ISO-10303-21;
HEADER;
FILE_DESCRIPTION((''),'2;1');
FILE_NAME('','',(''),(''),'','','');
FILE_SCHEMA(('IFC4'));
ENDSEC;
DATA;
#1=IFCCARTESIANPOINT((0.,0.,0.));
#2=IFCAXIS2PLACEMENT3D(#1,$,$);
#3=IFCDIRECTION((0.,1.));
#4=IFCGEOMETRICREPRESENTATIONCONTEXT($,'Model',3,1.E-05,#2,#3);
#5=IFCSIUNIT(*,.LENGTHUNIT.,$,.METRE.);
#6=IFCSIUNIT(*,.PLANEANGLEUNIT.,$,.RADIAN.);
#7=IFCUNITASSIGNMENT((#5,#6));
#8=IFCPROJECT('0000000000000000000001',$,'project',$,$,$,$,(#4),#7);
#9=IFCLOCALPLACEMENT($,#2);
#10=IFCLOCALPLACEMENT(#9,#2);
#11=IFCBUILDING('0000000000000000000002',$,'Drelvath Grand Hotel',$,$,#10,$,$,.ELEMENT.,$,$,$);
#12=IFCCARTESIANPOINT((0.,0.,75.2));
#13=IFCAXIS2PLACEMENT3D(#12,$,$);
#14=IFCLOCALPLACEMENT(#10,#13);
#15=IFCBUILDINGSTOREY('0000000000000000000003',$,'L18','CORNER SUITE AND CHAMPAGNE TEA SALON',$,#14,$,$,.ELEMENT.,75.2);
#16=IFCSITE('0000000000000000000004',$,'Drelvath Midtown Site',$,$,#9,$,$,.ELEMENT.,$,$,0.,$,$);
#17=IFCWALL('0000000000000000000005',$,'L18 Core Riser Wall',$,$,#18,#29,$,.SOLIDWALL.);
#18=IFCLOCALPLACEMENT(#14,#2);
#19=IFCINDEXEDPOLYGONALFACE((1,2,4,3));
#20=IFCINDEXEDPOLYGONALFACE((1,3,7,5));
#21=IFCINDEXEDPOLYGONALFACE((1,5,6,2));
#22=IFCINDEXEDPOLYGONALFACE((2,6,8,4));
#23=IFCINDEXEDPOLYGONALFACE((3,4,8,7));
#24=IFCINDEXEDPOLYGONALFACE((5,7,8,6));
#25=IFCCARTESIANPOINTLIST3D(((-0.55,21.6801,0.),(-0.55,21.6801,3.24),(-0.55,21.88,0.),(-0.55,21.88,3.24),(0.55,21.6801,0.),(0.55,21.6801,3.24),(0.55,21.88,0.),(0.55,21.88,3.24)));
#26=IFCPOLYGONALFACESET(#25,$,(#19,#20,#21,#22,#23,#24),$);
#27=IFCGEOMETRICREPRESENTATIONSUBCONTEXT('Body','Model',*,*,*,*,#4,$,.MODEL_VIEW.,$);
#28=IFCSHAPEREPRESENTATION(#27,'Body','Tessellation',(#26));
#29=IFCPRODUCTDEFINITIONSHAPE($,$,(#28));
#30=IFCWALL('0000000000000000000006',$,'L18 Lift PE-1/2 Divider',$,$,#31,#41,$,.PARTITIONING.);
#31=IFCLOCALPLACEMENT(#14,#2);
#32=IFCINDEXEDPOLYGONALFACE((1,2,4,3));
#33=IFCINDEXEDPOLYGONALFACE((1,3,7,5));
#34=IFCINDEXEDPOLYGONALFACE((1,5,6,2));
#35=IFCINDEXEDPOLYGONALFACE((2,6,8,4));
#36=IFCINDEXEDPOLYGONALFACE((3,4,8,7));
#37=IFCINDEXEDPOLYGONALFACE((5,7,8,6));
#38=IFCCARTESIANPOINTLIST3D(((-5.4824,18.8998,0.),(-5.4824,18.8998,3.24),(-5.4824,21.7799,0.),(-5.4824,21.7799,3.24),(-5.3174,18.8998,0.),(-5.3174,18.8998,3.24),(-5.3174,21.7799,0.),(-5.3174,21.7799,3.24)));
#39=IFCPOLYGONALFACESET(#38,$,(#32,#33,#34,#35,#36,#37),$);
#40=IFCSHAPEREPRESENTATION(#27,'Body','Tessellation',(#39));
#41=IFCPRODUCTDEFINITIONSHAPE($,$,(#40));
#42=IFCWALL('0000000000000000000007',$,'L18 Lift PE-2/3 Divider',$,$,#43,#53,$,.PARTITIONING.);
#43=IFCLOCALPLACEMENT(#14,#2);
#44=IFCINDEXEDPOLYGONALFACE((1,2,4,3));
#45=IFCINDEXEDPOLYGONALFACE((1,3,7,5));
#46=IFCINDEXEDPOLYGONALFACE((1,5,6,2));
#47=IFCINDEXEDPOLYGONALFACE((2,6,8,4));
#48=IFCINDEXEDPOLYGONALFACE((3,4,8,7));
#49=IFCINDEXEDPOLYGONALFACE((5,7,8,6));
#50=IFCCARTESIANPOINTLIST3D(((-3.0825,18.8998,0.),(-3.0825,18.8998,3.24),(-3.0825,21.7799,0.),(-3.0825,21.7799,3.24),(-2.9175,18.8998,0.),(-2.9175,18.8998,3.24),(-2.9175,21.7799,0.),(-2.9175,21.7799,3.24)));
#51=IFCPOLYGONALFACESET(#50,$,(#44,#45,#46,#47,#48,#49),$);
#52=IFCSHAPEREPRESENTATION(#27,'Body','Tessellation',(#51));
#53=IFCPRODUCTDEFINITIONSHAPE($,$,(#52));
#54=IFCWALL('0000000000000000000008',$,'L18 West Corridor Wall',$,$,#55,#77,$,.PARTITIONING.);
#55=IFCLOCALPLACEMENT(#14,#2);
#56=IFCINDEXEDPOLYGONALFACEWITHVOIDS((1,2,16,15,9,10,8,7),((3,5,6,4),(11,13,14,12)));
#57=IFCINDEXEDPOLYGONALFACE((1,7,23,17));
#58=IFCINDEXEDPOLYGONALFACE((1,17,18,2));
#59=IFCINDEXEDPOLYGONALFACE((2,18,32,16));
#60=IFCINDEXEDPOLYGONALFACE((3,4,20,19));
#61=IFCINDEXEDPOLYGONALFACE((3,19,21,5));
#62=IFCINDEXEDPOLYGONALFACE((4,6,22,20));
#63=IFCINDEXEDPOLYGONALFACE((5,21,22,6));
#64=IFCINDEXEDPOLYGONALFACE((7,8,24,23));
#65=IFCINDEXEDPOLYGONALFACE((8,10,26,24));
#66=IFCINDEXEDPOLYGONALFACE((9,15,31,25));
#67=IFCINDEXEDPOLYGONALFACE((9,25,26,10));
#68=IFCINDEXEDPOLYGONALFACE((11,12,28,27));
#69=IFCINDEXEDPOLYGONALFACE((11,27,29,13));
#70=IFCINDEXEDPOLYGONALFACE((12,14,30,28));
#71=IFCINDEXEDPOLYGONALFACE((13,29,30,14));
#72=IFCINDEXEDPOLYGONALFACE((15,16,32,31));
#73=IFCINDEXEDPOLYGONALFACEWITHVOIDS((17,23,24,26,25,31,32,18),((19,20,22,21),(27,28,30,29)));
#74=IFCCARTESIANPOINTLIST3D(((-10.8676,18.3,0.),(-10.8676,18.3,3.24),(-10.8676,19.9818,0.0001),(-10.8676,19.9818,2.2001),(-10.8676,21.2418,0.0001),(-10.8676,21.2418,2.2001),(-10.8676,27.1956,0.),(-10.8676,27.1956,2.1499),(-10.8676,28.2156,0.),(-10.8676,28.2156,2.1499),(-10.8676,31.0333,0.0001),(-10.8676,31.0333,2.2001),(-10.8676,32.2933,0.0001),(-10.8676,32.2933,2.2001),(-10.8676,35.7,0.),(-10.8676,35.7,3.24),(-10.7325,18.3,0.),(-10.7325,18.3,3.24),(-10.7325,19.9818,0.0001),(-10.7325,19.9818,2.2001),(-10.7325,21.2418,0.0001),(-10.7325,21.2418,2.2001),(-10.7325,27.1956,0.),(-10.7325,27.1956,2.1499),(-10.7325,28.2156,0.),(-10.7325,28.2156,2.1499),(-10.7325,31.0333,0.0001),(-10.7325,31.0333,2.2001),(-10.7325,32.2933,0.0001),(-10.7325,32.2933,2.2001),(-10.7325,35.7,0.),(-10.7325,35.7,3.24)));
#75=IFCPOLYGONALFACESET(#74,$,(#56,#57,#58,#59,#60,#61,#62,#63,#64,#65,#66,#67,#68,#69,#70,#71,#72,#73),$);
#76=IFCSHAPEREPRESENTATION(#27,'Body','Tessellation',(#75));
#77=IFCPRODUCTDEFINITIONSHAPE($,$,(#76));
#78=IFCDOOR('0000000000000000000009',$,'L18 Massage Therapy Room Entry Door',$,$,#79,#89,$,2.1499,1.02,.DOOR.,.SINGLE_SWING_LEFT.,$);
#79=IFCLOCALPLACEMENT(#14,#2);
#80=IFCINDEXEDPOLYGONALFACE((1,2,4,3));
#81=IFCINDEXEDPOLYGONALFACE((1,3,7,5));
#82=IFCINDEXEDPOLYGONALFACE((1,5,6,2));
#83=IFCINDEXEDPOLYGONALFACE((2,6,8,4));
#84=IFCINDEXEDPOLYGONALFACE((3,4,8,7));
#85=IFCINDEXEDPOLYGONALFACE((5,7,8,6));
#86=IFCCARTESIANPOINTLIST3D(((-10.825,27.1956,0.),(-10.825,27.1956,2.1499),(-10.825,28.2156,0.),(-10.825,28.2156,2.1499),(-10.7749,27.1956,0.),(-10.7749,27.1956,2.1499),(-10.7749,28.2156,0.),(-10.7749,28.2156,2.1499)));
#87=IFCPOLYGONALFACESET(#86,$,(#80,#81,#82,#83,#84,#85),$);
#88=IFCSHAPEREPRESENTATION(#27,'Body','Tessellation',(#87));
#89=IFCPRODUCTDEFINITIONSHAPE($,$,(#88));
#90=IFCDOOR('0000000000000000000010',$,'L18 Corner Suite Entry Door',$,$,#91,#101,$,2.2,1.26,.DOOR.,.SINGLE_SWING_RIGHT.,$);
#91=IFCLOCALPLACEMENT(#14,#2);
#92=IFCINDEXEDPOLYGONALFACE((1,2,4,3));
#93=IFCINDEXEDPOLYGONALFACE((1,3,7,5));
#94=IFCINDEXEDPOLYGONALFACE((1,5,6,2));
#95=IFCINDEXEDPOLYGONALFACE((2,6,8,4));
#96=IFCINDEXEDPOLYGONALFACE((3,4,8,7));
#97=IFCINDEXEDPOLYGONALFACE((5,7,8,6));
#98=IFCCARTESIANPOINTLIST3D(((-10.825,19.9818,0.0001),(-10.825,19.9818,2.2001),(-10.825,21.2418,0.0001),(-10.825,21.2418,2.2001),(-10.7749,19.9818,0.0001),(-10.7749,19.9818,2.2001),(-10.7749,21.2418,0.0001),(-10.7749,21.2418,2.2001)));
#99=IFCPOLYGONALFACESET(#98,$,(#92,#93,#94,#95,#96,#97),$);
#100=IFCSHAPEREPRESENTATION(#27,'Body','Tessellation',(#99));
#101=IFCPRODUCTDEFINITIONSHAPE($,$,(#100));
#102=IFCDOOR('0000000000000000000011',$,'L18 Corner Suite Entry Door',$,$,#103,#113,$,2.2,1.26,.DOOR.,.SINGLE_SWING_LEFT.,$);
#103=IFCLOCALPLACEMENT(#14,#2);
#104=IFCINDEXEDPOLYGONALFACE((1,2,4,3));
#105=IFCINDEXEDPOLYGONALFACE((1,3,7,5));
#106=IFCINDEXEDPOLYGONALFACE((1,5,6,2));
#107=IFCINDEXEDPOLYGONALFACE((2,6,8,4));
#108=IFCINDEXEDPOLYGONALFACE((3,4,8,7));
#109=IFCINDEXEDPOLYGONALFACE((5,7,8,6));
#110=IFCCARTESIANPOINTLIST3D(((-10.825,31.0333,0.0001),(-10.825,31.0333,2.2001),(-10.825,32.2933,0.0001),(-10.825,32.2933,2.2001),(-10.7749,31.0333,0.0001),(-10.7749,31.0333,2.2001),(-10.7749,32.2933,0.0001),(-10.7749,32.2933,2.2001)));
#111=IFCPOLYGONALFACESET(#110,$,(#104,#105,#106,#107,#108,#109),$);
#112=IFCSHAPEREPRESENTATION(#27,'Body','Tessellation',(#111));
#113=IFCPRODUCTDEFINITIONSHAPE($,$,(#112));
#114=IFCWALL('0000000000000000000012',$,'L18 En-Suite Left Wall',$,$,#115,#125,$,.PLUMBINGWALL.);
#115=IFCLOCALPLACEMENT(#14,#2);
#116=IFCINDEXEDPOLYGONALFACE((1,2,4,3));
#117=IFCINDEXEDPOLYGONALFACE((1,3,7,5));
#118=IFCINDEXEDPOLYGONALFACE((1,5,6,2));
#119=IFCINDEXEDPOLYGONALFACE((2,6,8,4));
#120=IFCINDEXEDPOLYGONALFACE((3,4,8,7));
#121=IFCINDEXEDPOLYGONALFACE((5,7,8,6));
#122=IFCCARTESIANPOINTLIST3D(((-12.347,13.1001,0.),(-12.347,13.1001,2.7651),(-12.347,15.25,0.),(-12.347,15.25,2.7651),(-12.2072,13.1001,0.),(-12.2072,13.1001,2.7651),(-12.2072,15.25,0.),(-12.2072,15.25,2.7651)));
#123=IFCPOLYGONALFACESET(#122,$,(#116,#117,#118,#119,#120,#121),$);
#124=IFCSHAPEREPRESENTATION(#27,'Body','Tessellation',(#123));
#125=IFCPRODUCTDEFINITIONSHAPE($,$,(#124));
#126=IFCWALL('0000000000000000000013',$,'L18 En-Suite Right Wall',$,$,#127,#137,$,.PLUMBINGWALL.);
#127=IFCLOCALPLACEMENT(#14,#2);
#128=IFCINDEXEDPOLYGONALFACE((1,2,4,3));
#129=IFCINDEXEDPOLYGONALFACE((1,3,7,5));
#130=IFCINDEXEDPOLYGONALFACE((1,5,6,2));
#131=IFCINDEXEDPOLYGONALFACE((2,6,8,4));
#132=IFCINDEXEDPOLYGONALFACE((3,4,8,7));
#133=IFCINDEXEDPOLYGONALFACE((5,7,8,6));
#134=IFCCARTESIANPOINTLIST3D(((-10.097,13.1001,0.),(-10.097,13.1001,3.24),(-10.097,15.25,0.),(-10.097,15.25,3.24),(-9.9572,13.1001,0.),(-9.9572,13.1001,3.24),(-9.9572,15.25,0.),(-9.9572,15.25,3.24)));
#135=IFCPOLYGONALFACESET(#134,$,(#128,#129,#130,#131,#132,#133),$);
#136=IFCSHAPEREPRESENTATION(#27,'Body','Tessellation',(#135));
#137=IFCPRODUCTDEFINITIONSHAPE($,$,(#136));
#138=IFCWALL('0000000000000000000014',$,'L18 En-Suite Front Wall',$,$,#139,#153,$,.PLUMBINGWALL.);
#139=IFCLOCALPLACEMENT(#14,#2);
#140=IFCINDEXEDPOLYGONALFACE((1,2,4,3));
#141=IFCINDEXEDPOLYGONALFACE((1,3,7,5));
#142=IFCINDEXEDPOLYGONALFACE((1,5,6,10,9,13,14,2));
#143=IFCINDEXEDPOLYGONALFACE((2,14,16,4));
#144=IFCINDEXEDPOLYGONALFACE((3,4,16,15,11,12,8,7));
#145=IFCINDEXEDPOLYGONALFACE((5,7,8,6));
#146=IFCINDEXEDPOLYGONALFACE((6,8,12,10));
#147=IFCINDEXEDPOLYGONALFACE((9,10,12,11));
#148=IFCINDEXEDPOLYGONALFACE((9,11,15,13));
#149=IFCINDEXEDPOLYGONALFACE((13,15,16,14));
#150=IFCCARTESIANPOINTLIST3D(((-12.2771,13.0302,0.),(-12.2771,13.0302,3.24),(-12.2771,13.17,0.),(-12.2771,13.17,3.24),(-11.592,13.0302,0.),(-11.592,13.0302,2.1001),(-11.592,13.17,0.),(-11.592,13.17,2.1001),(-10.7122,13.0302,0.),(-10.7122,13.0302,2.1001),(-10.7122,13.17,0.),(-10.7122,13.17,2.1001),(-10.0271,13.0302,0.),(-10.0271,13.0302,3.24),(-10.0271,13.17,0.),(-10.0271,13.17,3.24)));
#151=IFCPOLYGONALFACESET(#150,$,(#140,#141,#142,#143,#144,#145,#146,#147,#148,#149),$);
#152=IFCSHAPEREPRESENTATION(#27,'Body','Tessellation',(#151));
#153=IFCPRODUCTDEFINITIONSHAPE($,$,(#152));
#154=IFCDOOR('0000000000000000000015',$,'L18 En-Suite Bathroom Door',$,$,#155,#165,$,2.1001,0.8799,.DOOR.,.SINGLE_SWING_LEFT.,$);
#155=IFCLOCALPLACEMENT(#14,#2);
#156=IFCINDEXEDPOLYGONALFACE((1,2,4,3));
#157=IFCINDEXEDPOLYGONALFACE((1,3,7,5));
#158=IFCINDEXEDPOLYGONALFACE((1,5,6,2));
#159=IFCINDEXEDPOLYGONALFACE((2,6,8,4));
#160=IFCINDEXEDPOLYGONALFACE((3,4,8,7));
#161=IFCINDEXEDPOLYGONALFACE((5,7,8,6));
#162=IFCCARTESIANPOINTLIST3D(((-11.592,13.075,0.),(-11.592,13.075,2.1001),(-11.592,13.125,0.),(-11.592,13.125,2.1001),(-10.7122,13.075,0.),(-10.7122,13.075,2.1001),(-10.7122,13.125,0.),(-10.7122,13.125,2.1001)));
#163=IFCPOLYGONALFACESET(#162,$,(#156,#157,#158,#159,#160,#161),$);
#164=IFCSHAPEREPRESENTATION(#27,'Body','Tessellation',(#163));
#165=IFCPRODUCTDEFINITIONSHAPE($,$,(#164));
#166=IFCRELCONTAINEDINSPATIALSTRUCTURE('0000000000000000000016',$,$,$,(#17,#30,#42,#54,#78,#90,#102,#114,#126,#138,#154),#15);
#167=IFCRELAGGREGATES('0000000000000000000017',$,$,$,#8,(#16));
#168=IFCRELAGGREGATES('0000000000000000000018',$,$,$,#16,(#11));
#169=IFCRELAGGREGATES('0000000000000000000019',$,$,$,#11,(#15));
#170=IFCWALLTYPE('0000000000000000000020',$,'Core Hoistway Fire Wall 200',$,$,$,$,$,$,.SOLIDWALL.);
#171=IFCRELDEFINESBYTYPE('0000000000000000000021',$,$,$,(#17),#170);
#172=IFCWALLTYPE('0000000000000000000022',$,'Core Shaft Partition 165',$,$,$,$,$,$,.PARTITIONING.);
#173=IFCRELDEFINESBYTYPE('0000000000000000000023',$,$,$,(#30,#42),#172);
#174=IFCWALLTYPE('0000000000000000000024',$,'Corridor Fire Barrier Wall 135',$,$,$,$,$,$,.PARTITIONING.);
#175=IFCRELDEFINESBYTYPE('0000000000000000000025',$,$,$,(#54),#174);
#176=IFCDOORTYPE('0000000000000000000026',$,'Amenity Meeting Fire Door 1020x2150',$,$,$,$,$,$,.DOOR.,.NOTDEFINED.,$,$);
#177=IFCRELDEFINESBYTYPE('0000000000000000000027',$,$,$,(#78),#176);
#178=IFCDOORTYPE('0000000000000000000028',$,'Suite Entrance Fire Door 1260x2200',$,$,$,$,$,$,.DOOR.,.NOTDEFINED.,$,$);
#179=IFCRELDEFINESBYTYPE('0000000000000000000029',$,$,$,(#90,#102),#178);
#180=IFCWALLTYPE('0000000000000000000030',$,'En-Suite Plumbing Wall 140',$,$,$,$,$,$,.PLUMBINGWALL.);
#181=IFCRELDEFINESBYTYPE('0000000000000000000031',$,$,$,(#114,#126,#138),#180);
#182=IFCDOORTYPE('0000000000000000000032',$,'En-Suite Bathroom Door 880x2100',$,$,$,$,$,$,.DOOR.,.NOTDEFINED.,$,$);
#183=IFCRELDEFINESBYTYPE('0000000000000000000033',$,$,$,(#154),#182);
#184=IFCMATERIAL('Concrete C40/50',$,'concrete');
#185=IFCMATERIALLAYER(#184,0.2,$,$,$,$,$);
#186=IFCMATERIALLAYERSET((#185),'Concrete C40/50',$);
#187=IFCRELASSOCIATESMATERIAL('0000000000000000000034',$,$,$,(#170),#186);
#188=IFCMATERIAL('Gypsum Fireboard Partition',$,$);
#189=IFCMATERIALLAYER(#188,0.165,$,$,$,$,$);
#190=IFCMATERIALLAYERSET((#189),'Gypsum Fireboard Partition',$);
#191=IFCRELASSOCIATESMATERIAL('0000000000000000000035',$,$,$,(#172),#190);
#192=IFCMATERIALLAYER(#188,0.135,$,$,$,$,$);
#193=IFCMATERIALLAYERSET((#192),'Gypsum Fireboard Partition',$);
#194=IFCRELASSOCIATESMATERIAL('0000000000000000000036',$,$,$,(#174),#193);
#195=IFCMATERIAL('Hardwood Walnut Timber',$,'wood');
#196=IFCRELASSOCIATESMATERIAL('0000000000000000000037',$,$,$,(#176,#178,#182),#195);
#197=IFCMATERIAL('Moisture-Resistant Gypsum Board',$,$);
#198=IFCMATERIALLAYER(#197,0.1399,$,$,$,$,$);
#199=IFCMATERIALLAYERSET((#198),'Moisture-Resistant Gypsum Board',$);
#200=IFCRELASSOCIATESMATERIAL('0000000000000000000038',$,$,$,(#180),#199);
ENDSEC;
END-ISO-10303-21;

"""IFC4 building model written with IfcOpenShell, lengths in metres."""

from ifc_helpers import new_model, si_unit, direction, frame, frame_2d, origin, place, context, subcontext, project, spatial, rectangle, extrude, material, layer, layer_set, type_object, element, fill, save


model = new_model("IFC4")

# Units and contexts
model_context = context("Model", 3, precision=1e-05, world=origin(), true_north=direction((0.0, 1.0)))
body_context = subcontext(model_context, "Body", "Model", "MODEL_VIEW")
ifc_project = project(units=[si_unit("LENGTHUNIT", "METRE"), si_unit("PLANEANGLEUNIT", "RADIAN")], contexts=[model_context])

# Site, building, storey
site_placement = place(None, origin())
site = spatial("IfcSite", under=ifc_project, at=site_placement, Name="Drelvath Midtown Site", CompositionType="ELEMENT", RefElevation=0.0)
building_placement = place(site_placement, origin())
building = spatial("IfcBuilding", under=site, at=building_placement, Name="Drelvath Grand Hotel", CompositionType="ELEMENT")
storey_placement = place(building_placement, frame((0.0, 0.0, 75.2)))
storey = spatial("IfcBuildingStorey", under=building, at=storey_placement, Name="L18", Description="CORNER SUITE AND CHAMPAGNE TEA SALON", CompositionType="ELEMENT", Elevation=75.2)

# Shared definitions
ifc_material_1 = material(Name="Concrete C40/50", Category="concrete")
ifc_layer_1 = layer(ifc_material_1, 0.2)
ifc_layer_set_1 = layer_set([ifc_layer_1], Name="Concrete C40/50")
wall_type_1 = type_object("IfcWallType", Name="Core Hoistway Fire Wall 200", PredefinedType="SOLIDWALL", material=ifc_layer_set_1)

# Walls
wall_1_placement = place(storey_placement, frame((-0.55, 21.78, 0.0), z_axis=(0.0, 0.0, 1.0), x_axis=(1.0, 0.0, 0.0)))
element("IfcWall", 1, at=wall_1_placement, inside=storey, type_object=wall_type_1, Name="L18 Core Riser Wall", PredefinedType="SOLIDWALL", context=body_context, shape_type="SweptSolid", body=[
    extrude(rectangle(XDim=1.1001, YDim=0.2, at=frame_2d((0.55, 0.0))), origin(), (0.0, 0.0, 1.0), 3.24),
])
ifc_material_2 = material(Name="Gypsum Fireboard Partition")
ifc_layer_2 = layer(ifc_material_2, 0.165)
ifc_layer_set_2 = layer_set([ifc_layer_2], Name="Gypsum Fireboard Partition")
wall_type_2 = type_object("IfcWallType", Name="Core Shaft Partition 165", PredefinedType="PARTITIONING", material=ifc_layer_set_2)
for number, where, z_axis, x_axis, name in (
    (2, (-5.3999, 18.8999, 0.0), (0.0, 0.0, 1.0), (0.0, 1.0, 0.0), "L18 Lift PE-1/2 Divider"),
    (3, (-3.0, 18.8999, 0.0), (0.0, 0.0, 1.0), (0.0, 1.0, 0.0), "L18 Lift PE-2/3 Divider"),
):
    element("IfcWall", number, at=place(storey_placement, frame(where, z_axis=z_axis, x_axis=x_axis)), inside=storey, type_object=wall_type_2, Name=name, PredefinedType="PARTITIONING", context=body_context, shape_type="SweptSolid", body=[
        extrude(rectangle(XDim=2.8801, YDim=0.165, at=frame_2d((1.4399, 0.0))), origin(), (0.0, 0.0, 1.0), 3.24),
    ])

# Wall, openings, doors
ifc_layer_3 = layer(ifc_material_2, 0.135)
ifc_layer_set_3 = layer_set([ifc_layer_3], Name="Gypsum Fireboard Partition")
wall_type_3 = type_object("IfcWallType", Name="Corridor Fire Barrier Wall 135", PredefinedType="PARTITIONING", material=ifc_layer_set_3)
wall_2_placement = place(storey_placement, frame((-10.8, 18.3, 0.0), z_axis=(0.0, 0.0, 1.0), x_axis=(0.0, 1.0, 0.0)))
wall_2 = element("IfcWall", 4, at=wall_2_placement, inside=storey, type_object=wall_type_3, Name="L18 West Corridor Wall", PredefinedType="PARTITIONING", context=body_context, shape_type="SweptSolid", body=[
    extrude(rectangle(XDim=17.3999, YDim=0.135, at=frame_2d((8.7, 0.0))), origin(), (0.0, 0.0, 1.0), 3.24),
])
opening_1_placement = place(wall_2_placement, frame((1.6819, 0.0, 0.0)))
opening_1 = element("IfcOpeningElement", 5, at=opening_1_placement, cuts=wall_2, PredefinedType="OPENING", context=body_context, shape_type="SweptSolid", body=[
    extrude(rectangle(XDim=1.26, YDim=2.2, at=frame_2d((0.6299, 1.1001))), frame((0.0, 0.0774, 0.0), z_axis=(0.0, -1.0, 0.0), x_axis=(1.0, 0.0, 0.0)), (0.0, 0.0, 1.0), 0.155),
])
opening_2_placement = place(wall_2_placement, frame((8.8955, 0.0, 0.0)))
opening_2 = element("IfcOpeningElement", 6, at=opening_2_placement, cuts=wall_2, PredefinedType="OPENING", context=body_context, shape_type="SweptSolid", body=[
    extrude(rectangle(XDim=1.02, YDim=2.1499, at=frame_2d((0.51, 1.075))), frame((0.0, 0.0774, 0.0), z_axis=(0.0, -1.0, 0.0), x_axis=(1.0, 0.0, 0.0)), (0.0, 0.0, 1.0), 0.155),
])
opening_3_placement = place(wall_2_placement, frame((12.7334, 0.0, 0.0)))
opening_3 = element("IfcOpeningElement", 7, at=opening_3_placement, cuts=wall_2, PredefinedType="OPENING", context=body_context, shape_type="SweptSolid", body=[
    extrude(rectangle(XDim=1.26, YDim=2.2, at=frame_2d((0.6299, 1.1001))), frame((0.0, 0.0774, 0.0), z_axis=(0.0, -1.0, 0.0), x_axis=(1.0, 0.0, 0.0)), (0.0, 0.0, 1.0), 0.155),
])
ifc_material_3 = material(Name="Hardwood Walnut Timber", Category="wood")
door_type_1 = type_object("IfcDoorType", Name="Amenity Meeting Fire Door 1020x2150", OperationType="NOTDEFINED", PredefinedType="DOOR", material=ifc_material_3)
door_1_placement = place(opening_2_placement, origin())
door_1 = element("IfcDoor", 8, at=door_1_placement, inside=storey, type_object=door_type_1, Name="L18 Massage Therapy Room Entry Door", OperationType="SINGLE_SWING_LEFT", OverallHeight=2.1499, OverallWidth=1.02, PredefinedType="DOOR", context=body_context, shape_type="SweptSolid", body=[
    extrude(rectangle(XDim=1.02, YDim=2.1499, at=frame_2d((0.51, 1.075))), frame((0.0, 0.0249, 0.0), z_axis=(0.0, -1.0, 0.0), x_axis=(1.0, 0.0, 0.0)), (0.0, 0.0, 1.0), 0.05),
])
fill(opening_2, door_1)
door_type_2 = type_object("IfcDoorType", Name="Suite Entrance Fire Door 1260x2200", OperationType="NOTDEFINED", PredefinedType="DOOR", material=ifc_material_3)
door_2_placement = place(opening_1_placement, origin())
door_2 = element("IfcDoor", 9, at=door_2_placement, inside=storey, type_object=door_type_2, Name="L18 Corner Suite Entry Door", OperationType="SINGLE_SWING_RIGHT", OverallHeight=2.2, OverallWidth=1.26, PredefinedType="DOOR", context=body_context, shape_type="SweptSolid", body=[
    extrude(rectangle(XDim=1.26, YDim=2.2, at=frame_2d((0.6299, 1.1001))), frame((0.0, 0.0249, 0.0), z_axis=(0.0, -1.0, 0.0), x_axis=(1.0, 0.0, 0.0)), (0.0, 0.0, 1.0), 0.05),
])
fill(opening_1, door_2)
door_3_placement = place(opening_3_placement, origin())
door_3 = element("IfcDoor", 10, at=door_3_placement, inside=storey, type_object=door_type_2, Name="L18 Corner Suite Entry Door", OperationType="SINGLE_SWING_LEFT", OverallHeight=2.2, OverallWidth=1.26, PredefinedType="DOOR", context=body_context, shape_type="SweptSolid", body=[
    extrude(rectangle(XDim=1.26, YDim=2.2, at=frame_2d((0.6299, 1.1001))), frame((0.0, 0.0249, 0.0), z_axis=(0.0, -1.0, 0.0), x_axis=(1.0, 0.0, 0.0)), (0.0, 0.0, 1.0), 0.05),
])
fill(opening_3, door_3)

# Walls
ifc_material_4 = material(Name="Moisture-Resistant Gypsum Board")
ifc_layer_4 = layer(ifc_material_4, 0.1399)
ifc_layer_set_4 = layer_set([ifc_layer_4], Name="Moisture-Resistant Gypsum Board")
wall_type_4 = type_object("IfcWallType", Name="En-Suite Plumbing Wall 140", PredefinedType="PLUMBINGWALL", material=ifc_layer_set_4)
wall_3_placement = place(storey_placement, frame((-12.2771, 15.25, 0.0), z_axis=(0.0, 0.0, 1.0), x_axis=(0.0, -1.0, 0.0)))
element("IfcWall", 11, at=wall_3_placement, inside=storey, type_object=wall_type_4, Name="L18 En-Suite Left Wall", PredefinedType="PLUMBINGWALL", context=body_context, shape_type="SweptSolid", body=[
    extrude(rectangle(XDim=2.1499, YDim=0.1399, at=frame_2d((1.075, 0.0))), origin(), (0.0, 0.0, 1.0), 2.7651),
])
wall_4_placement = place(storey_placement, frame((-10.0271, 15.25, 0.0), z_axis=(0.0, 0.0, 1.0), x_axis=(0.0, -1.0, 0.0)))
element("IfcWall", 12, at=wall_4_placement, inside=storey, type_object=wall_type_4, Name="L18 En-Suite Right Wall", PredefinedType="PLUMBINGWALL", context=body_context, shape_type="SweptSolid", body=[
    extrude(rectangle(XDim=2.1499, YDim=0.1399, at=frame_2d((1.075, 0.0))), origin(), (0.0, 0.0, 1.0), 3.24),
])

# Wall, opening, door
wall_5_placement = place(storey_placement, frame((-12.2771, 13.1001, 0.0), z_axis=(0.0, 0.0, 1.0), x_axis=(1.0, 0.0, 0.0)))
wall_5 = element("IfcWall", 13, at=wall_5_placement, inside=storey, type_object=wall_type_4, Name="L18 En-Suite Front Wall", PredefinedType="PLUMBINGWALL", context=body_context, shape_type="SweptSolid", body=[
    extrude(rectangle(XDim=2.25, YDim=0.1399, at=frame_2d((1.125, 0.0))), origin(), (0.0, 0.0, 1.0), 3.24),
])
opening_4_placement = place(wall_5_placement, frame((0.6851, 0.0, 0.0)))
opening_4 = element("IfcOpeningElement", 14, at=opening_4_placement, cuts=wall_5, PredefinedType="OPENING", context=body_context, shape_type="SweptSolid", body=[
    extrude(rectangle(XDim=0.8799, YDim=2.1001, at=frame_2d((0.4399, 1.05))), frame((0.0, 0.0798, 0.0), z_axis=(0.0, -1.0, 0.0), x_axis=(1.0, 0.0, 0.0)), (0.0, 0.0, 1.0), 0.1599),
])
door_type_3 = type_object("IfcDoorType", Name="En-Suite Bathroom Door 880x2100", OperationType="NOTDEFINED", PredefinedType="DOOR", material=ifc_material_3)
door_4_placement = place(opening_4_placement, origin())
door_4 = element("IfcDoor", 15, at=door_4_placement, inside=storey, type_object=door_type_3, Name="L18 En-Suite Bathroom Door", OperationType="SINGLE_SWING_LEFT", OverallHeight=2.1001, OverallWidth=0.8799, PredefinedType="DOOR", context=body_context, shape_type="SweptSolid", body=[
    extrude(rectangle(XDim=0.8799, YDim=2.1001, at=frame_2d((0.4399, 1.05))), frame((0.0, 0.0249, 0.0), z_axis=(0.0, -1.0, 0.0), x_axis=(1.0, 0.0, 0.0)), (0.0, 0.0, 1.0), 0.05),
])
fill(opening_4, door_4)

save(model, "model.ifc")
